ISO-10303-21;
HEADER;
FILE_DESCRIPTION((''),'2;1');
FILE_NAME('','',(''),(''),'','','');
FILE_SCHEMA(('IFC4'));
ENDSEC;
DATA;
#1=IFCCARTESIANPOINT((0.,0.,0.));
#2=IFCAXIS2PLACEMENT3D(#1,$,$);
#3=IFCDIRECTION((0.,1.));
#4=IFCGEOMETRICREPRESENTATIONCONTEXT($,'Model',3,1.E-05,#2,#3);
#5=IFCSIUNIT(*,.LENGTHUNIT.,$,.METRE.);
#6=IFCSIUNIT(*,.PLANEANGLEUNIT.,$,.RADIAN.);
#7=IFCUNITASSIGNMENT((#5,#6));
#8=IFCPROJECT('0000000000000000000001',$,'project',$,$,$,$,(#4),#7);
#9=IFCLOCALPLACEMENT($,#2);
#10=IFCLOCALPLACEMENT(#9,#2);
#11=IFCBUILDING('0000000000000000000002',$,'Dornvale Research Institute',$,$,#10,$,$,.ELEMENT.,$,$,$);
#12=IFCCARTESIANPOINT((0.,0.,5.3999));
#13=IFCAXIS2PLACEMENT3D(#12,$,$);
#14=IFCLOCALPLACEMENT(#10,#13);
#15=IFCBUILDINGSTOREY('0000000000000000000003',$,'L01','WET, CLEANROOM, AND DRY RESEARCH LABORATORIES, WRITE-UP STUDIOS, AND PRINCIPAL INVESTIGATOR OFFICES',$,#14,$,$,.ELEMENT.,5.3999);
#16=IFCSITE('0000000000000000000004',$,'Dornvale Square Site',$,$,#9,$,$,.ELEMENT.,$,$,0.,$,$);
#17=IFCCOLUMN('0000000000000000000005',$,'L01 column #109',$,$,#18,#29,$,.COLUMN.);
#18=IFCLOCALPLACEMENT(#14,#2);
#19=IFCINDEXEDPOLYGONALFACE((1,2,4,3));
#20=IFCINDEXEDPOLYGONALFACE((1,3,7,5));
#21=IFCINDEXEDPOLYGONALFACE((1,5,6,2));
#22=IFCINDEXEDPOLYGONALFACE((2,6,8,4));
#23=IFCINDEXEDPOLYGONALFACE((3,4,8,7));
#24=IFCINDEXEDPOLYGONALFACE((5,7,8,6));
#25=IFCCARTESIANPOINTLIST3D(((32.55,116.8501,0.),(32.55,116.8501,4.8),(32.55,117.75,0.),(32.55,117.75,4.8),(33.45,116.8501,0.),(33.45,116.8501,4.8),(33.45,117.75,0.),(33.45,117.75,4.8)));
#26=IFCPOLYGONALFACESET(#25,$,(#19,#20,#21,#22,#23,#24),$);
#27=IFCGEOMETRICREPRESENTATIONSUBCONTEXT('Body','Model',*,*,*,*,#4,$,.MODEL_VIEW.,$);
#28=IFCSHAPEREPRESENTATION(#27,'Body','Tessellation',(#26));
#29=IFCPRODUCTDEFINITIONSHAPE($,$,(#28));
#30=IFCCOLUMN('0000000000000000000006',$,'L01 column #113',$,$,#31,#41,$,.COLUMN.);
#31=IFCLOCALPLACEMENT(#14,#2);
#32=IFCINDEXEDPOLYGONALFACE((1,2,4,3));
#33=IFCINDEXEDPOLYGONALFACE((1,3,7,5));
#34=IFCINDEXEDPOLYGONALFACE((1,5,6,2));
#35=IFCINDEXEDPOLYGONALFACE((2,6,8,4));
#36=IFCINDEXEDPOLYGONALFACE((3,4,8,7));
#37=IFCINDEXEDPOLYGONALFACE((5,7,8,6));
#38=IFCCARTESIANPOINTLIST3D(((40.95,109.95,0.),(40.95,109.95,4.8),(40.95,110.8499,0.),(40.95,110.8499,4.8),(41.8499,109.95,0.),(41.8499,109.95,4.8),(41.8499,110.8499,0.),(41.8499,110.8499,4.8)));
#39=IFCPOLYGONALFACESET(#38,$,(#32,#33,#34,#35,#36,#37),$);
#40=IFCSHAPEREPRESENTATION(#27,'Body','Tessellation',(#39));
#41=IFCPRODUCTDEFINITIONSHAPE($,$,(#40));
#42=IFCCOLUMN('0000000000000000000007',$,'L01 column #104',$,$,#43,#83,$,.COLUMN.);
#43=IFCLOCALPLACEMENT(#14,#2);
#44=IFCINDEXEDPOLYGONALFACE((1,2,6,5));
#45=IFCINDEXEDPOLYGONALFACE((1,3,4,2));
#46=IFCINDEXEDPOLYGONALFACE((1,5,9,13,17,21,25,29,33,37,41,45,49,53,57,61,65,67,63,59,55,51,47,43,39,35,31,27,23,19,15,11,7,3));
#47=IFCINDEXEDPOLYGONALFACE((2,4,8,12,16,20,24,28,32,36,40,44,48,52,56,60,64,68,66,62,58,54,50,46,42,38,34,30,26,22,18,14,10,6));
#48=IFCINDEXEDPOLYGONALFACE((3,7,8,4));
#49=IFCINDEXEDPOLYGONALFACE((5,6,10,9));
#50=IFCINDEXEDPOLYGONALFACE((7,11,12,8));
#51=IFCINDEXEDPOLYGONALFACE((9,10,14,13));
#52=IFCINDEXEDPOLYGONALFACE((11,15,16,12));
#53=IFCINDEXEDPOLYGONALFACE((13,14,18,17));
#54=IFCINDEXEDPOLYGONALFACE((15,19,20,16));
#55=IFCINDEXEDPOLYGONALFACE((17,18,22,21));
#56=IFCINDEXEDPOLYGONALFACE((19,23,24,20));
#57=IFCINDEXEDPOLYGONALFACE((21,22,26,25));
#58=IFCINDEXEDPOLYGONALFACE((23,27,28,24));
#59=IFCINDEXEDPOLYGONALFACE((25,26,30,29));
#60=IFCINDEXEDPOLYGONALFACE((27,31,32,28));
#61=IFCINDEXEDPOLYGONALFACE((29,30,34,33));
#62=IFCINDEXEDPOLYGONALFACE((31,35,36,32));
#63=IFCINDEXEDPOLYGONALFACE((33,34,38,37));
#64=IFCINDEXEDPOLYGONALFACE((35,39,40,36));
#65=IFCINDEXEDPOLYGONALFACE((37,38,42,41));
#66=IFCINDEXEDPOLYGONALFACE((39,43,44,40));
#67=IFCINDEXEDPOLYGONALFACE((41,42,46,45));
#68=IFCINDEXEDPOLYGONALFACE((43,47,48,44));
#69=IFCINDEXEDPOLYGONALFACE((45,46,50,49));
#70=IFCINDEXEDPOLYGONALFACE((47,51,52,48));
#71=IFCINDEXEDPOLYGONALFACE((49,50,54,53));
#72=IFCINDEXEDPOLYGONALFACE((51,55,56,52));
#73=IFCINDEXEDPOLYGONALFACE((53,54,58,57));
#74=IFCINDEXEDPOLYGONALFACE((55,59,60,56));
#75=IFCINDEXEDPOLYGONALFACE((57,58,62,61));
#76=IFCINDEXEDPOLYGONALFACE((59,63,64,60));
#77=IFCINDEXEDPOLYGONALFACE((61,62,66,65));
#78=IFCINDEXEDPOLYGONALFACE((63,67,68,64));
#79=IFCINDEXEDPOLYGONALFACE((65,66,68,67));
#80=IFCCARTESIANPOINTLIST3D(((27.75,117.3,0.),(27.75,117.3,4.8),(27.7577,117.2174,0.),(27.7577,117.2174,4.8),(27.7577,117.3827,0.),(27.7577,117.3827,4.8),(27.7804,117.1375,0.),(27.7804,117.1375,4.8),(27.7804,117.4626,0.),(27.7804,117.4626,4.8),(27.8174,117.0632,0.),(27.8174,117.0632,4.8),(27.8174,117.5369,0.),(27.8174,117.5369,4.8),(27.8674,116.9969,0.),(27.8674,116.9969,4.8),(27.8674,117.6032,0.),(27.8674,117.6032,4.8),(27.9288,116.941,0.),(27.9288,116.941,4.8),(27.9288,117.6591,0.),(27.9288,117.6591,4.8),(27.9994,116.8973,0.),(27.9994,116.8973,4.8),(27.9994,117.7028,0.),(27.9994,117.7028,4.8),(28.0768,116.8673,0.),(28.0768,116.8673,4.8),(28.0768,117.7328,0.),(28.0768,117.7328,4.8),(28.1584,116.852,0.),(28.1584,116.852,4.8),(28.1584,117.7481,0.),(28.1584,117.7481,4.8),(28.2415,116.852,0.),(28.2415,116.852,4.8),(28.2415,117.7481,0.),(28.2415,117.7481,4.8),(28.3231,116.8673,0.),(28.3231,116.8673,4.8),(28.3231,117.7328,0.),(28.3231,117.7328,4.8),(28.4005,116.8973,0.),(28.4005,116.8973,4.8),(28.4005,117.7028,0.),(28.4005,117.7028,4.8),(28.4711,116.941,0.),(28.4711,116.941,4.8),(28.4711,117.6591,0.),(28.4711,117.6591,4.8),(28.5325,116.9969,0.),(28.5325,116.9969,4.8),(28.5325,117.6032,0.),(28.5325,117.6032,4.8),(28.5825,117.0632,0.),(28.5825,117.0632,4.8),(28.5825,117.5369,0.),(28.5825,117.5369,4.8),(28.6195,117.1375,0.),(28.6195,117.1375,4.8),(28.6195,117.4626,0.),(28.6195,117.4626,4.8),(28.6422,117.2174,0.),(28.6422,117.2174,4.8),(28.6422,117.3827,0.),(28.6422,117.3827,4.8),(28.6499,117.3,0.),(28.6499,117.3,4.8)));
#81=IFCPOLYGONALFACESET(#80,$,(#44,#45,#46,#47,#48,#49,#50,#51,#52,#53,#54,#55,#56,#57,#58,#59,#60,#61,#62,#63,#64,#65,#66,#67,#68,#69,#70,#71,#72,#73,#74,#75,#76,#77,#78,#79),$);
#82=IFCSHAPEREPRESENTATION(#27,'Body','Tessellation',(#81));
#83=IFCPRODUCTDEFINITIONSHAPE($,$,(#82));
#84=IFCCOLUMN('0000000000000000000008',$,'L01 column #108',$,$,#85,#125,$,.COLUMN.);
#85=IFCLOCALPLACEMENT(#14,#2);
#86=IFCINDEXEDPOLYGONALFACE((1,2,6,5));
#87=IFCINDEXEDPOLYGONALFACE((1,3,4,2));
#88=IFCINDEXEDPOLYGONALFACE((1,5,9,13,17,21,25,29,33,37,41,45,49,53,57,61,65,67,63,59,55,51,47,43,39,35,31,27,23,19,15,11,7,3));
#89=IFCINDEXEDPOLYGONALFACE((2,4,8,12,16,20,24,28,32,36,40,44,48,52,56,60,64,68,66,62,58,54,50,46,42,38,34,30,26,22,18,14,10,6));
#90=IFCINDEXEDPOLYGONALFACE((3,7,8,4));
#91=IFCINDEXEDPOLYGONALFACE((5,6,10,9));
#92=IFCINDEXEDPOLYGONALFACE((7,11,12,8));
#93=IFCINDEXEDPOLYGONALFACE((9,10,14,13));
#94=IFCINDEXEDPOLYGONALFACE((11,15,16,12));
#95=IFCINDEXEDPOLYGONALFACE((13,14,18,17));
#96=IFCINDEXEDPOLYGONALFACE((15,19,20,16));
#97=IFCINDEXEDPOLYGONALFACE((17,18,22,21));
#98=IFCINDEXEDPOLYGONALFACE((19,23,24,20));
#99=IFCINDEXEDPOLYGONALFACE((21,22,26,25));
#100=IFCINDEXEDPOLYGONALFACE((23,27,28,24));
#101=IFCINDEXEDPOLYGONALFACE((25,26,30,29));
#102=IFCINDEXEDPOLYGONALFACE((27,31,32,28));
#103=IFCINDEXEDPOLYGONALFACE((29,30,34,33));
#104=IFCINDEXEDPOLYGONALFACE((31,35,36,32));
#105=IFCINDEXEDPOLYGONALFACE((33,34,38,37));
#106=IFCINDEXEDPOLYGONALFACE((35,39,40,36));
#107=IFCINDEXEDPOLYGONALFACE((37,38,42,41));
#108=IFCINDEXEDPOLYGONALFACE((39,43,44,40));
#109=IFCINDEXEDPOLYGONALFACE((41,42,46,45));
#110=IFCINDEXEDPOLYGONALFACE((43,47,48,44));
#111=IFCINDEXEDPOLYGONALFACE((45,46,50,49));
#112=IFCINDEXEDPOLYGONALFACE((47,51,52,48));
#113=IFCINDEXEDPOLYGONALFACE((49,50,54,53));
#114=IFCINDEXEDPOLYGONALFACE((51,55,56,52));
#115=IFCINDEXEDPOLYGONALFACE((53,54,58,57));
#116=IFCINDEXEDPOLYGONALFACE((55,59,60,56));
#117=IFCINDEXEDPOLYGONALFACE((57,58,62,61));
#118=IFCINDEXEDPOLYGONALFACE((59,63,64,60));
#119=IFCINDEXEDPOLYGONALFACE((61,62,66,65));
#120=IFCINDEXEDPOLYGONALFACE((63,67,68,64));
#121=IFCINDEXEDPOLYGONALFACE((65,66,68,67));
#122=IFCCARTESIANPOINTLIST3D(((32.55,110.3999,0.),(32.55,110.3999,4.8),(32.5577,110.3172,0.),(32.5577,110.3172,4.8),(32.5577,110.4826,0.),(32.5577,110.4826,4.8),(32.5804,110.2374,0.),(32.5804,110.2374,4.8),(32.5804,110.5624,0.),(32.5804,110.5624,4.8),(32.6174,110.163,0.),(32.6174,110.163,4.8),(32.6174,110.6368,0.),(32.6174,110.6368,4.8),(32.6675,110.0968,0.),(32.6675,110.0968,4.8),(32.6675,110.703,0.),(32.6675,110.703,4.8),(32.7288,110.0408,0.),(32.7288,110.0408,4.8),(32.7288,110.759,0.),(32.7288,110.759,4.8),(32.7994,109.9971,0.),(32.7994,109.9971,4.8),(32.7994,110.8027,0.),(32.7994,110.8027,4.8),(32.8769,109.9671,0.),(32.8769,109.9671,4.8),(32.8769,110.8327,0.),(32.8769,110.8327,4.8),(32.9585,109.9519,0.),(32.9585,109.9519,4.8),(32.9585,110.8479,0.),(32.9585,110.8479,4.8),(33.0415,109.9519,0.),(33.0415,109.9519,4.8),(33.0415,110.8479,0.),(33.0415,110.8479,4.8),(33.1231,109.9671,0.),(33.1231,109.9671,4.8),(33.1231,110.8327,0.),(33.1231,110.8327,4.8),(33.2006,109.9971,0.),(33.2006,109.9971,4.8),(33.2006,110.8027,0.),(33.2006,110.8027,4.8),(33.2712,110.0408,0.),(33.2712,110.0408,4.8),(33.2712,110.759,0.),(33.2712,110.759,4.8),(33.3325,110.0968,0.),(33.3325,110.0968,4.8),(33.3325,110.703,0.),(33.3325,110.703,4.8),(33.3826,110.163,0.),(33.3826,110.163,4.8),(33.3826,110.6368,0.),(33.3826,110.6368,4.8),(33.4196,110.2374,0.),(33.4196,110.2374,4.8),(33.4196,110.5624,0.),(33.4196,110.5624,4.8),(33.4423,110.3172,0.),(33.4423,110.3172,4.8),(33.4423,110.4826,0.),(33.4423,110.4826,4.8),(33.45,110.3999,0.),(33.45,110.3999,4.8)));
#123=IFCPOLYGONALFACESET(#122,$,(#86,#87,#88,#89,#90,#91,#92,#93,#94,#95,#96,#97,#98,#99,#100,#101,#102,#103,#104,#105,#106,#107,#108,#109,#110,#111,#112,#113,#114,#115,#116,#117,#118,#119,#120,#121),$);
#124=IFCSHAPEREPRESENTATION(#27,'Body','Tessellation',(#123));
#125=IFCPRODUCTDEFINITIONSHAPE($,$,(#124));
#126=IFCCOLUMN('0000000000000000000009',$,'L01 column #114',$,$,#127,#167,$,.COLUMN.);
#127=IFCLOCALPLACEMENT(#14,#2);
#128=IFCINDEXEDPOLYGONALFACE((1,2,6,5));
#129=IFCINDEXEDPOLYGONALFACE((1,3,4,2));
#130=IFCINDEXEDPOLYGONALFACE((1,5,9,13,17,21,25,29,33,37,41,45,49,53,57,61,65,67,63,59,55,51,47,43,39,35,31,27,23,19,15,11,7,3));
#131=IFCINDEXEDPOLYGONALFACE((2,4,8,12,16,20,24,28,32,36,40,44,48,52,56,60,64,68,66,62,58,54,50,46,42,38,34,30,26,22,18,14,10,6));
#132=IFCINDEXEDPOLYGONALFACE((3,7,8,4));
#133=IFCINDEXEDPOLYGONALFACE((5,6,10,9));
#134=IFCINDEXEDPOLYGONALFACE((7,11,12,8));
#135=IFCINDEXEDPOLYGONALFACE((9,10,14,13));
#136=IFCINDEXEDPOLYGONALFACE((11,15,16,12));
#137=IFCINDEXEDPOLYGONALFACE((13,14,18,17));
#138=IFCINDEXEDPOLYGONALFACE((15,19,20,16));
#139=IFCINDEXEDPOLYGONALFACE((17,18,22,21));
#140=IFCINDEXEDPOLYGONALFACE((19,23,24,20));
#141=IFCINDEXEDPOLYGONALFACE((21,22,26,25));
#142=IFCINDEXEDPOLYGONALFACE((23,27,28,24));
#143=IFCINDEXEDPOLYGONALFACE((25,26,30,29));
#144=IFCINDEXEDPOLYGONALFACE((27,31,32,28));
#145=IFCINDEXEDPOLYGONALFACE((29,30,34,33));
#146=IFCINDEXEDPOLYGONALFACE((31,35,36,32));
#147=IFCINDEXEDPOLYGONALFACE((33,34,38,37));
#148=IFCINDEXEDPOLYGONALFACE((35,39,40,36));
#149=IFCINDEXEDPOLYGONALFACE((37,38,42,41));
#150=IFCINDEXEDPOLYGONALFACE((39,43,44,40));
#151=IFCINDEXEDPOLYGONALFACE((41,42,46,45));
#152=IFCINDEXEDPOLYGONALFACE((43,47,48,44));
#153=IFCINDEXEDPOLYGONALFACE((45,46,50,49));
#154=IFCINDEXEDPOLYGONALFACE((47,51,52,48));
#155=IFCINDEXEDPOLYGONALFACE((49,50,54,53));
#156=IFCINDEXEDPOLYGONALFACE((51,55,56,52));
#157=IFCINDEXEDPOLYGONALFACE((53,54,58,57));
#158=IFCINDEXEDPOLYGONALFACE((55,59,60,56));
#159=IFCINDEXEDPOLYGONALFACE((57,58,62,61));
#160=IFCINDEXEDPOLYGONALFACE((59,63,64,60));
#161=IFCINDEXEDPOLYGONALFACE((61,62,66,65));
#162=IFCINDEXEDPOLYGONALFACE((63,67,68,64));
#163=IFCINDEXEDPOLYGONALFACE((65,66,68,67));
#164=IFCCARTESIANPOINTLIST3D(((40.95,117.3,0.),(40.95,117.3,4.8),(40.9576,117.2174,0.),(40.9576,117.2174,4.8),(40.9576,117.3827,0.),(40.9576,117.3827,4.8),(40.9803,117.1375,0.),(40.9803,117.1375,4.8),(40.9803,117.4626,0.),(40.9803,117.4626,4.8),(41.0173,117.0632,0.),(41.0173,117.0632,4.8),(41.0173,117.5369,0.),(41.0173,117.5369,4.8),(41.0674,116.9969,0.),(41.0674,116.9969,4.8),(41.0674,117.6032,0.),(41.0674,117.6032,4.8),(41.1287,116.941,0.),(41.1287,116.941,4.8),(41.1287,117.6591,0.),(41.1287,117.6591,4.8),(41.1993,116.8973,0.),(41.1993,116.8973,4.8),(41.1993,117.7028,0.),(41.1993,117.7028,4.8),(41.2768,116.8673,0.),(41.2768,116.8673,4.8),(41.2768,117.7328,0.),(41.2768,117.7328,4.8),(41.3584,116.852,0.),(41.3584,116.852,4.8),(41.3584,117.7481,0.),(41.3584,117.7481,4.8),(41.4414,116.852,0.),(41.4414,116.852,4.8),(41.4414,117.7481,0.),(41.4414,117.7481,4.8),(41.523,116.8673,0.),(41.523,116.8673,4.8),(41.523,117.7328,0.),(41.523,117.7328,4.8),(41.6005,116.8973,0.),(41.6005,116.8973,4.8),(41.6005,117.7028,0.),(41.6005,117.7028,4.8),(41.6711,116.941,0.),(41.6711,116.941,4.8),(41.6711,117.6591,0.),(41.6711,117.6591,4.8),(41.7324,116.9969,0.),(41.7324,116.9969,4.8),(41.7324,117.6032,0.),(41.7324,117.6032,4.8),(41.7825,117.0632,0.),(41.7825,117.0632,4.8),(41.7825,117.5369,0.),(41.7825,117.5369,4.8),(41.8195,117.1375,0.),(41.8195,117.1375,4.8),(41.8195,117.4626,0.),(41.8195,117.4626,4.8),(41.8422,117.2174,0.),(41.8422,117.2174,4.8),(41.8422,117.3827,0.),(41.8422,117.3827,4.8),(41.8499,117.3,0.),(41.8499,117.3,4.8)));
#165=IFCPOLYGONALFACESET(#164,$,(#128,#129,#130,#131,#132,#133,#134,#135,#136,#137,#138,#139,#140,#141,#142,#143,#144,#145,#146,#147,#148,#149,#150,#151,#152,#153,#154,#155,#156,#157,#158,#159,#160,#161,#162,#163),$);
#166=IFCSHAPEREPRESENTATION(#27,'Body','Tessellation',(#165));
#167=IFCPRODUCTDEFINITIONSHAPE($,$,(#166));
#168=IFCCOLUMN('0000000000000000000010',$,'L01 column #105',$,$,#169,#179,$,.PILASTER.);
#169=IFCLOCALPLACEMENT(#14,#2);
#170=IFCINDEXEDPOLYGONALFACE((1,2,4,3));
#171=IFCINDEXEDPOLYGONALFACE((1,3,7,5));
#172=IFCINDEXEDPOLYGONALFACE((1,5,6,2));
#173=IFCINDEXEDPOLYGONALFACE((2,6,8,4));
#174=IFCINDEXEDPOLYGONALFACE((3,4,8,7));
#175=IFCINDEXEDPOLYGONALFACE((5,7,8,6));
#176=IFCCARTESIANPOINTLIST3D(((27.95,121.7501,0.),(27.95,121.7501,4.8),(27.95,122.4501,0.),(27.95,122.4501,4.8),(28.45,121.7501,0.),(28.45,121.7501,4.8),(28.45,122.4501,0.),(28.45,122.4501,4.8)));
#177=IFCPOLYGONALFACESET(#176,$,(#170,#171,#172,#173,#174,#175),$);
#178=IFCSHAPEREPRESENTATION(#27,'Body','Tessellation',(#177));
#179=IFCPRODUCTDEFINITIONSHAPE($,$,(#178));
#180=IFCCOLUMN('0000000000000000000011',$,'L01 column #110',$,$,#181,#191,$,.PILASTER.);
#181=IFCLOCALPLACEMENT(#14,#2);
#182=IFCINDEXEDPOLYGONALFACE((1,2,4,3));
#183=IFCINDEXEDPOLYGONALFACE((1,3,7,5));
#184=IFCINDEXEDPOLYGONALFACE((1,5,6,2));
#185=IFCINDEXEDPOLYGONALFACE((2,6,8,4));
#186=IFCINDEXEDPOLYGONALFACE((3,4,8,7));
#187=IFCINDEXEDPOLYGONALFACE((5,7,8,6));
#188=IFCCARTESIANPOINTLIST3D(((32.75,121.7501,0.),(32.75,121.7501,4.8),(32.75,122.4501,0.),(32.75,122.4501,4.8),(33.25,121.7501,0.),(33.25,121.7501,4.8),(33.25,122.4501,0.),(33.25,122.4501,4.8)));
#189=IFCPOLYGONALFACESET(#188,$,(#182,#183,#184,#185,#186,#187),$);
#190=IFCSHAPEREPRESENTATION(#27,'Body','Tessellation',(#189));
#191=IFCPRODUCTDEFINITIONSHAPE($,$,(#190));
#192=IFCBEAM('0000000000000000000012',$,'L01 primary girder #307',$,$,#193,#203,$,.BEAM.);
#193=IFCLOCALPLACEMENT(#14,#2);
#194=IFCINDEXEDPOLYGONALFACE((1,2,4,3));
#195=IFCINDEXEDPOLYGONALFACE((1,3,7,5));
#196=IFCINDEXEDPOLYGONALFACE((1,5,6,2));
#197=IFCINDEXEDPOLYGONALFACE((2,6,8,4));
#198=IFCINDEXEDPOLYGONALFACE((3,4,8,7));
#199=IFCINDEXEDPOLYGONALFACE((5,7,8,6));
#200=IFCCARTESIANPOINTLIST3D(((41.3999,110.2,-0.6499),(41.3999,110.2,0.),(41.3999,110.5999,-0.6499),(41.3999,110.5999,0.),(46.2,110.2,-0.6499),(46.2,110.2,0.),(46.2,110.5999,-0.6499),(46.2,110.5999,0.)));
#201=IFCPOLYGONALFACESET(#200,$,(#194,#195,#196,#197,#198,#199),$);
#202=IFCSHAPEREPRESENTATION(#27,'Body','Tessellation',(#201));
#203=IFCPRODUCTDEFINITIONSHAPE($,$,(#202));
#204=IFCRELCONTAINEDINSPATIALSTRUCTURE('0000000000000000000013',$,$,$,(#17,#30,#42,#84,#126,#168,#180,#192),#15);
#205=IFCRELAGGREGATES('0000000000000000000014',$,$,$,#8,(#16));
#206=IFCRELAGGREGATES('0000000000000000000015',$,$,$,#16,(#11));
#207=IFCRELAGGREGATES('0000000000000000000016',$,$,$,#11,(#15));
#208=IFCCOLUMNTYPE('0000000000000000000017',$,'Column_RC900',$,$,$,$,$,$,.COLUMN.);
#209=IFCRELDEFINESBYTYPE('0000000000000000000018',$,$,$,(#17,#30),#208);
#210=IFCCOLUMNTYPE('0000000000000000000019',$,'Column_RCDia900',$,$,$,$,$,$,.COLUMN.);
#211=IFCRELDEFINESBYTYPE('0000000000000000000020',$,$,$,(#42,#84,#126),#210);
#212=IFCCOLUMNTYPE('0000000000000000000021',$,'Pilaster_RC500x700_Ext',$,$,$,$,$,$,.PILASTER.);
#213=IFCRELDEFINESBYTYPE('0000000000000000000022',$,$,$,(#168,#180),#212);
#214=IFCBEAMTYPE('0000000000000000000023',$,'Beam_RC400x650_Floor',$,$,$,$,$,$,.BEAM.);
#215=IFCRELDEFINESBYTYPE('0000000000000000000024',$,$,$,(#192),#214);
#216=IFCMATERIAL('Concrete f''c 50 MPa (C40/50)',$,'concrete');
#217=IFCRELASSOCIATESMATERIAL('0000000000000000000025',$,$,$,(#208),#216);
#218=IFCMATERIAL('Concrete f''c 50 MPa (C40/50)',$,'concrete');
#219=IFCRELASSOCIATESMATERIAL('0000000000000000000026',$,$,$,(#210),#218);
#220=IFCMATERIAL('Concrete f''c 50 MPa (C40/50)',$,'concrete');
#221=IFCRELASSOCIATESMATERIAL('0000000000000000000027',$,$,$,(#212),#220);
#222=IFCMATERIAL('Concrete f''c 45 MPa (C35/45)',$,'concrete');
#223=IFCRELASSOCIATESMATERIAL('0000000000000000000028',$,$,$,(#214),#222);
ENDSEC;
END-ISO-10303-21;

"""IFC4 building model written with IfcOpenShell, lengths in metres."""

from ifc_helpers import new_model, si_unit, direction, frame, origin, origin_2d, place, context, subcontext, project, spatial, rectangle, circle, extrude, material, material_profile, profile_set, type_object, element, save


model = new_model("IFC4")

# Units and contexts
model_context = context("Model", 3, precision=1e-05, world=origin(), true_north=direction((0.0, 1.0)))
body_context = subcontext(model_context, "Body", "Model", "MODEL_VIEW")
ifc_project = project(units=[si_unit("LENGTHUNIT", "METRE"), si_unit("PLANEANGLEUNIT", "RADIAN")], contexts=[model_context])

# Site, building, storey
site_placement = place(None, origin())
site = spatial("IfcSite", under=ifc_project, at=site_placement, Name="Dornvale Square Site", CompositionType="ELEMENT", RefElevation=0.0)
building_placement = place(site_placement, origin())
building = spatial("IfcBuilding", under=site, at=building_placement, Name="Dornvale Research Institute", CompositionType="ELEMENT")
storey_placement = place(building_placement, frame((0.0, 0.0, 5.3999)))
storey = spatial("IfcBuildingStorey", under=building, at=storey_placement, Name="L01", Description="WET, CLEANROOM, AND DRY RESEARCH LABORATORIES, WRITE-UP STUDIOS, AND PRINCIPAL INVESTIGATOR OFFICES", CompositionType="ELEMENT", Elevation=5.3999)

# Columns
ifc_material_1 = material(Name="Concrete f'c 50 MPa (C40/50)", Category="concrete")
ifc_material_profile_1 = material_profile(ifc_material_1, rectangle(XDim=0.8999, YDim=0.8999, at=origin_2d()), Name="RC 900x900")
ifc_profile_set_1 = profile_set([ifc_material_profile_1], Name="Concrete f'c 50 MPa (C40/50)")
column_type_1 = type_object("IfcColumnType", Name="Column_RC900", PredefinedType="COLUMN", material=ifc_profile_set_1)
for number, where, z_axis, x_axis, name in (
    (1, (33.0, 117.3, 0.0), (0.0, 0.0, 1.0), (1.0, 0.0, 0.0), "L01 column #109"),
    (2, (41.3999, 110.3999, 0.0), (0.0, 0.0, 1.0), (1.0, 0.0, 0.0), "L01 column #113"),
):
    element("IfcColumn", number, at=place(storey_placement, frame(where, z_axis=z_axis, x_axis=x_axis)), inside=storey, type_object=column_type_1, Name=name, PredefinedType="COLUMN", context=body_context, shape_type="SweptSolid", body=[
        extrude(rectangle(XDim=0.8999, YDim=0.8999, at=origin_2d()), origin(), (0.0, 0.0, 1.0), 4.8),
    ])
ifc_material_2 = material(Name="Concrete f'c 50 MPa (C40/50)", Category="concrete")
ifc_material_profile_2 = material_profile(ifc_material_2, circle(Radius=0.45, at=origin_2d()), Name="RC DIA 900")
ifc_profile_set_2 = profile_set([ifc_material_profile_2], Name="Concrete f'c 50 MPa (C40/50)")
column_type_2 = type_object("IfcColumnType", Name="Column_RCDia900", PredefinedType="COLUMN", material=ifc_profile_set_2)
for number, where, z_axis, x_axis, name in (
    (3, (28.2, 117.3, 0.0), (0.0, 0.0, 1.0), (1.0, 0.0, 0.0), "L01 column #104"),
    (4, (33.0, 110.3999, 0.0), (0.0, 0.0, 1.0), (1.0, 0.0, 0.0), "L01 column #108"),
    (5, (41.3999, 117.3, 0.0), (0.0, 0.0, 1.0), (1.0, 0.0, 0.0), "L01 column #114"),
):
    element("IfcColumn", number, at=place(storey_placement, frame(where, z_axis=z_axis, x_axis=x_axis)), inside=storey, type_object=column_type_2, Name=name, PredefinedType="COLUMN", context=body_context, shape_type="SweptSolid", body=[
        extrude(circle(Radius=0.45, at=origin_2d()), origin(), (0.0, 0.0, 1.0), 4.8),
    ])
ifc_material_3 = material(Name="Concrete f'c 50 MPa (C40/50)", Category="concrete")
ifc_material_profile_3 = material_profile(ifc_material_3, rectangle(XDim=0.5, YDim=0.7, at=origin_2d()), Name="RC 500x700")
ifc_profile_set_3 = profile_set([ifc_material_profile_3], Name="Concrete f'c 50 MPa (C40/50)")
column_type_3 = type_object("IfcColumnType", Name="Pilaster_RC500x700_Ext", PredefinedType="PILASTER", material=ifc_profile_set_3)
for number, where, z_axis, x_axis, name in (
    (6, (28.2, 122.1001, 0.0), (0.0, 0.0, 1.0), (1.0, 0.0, 0.0), "L01 column #105"),
    (7, (33.0, 122.1001, 0.0), (0.0, 0.0, 1.0), (1.0, 0.0, 0.0), "L01 column #110"),
):
    element("IfcColumn", number, at=place(storey_placement, frame(where, z_axis=z_axis, x_axis=x_axis)), inside=storey, type_object=column_type_3, Name=name, PredefinedType="PILASTER", context=body_context, shape_type="SweptSolid", body=[
        extrude(rectangle(XDim=0.5, YDim=0.7, at=origin_2d()), origin(), (0.0, 0.0, 1.0), 4.8),
    ])

# Beam
ifc_material_4 = material(Name="Concrete f'c 45 MPa (C35/45)", Category="concrete")
ifc_material_profile_4 = material_profile(ifc_material_4, rectangle(XDim=0.3999, YDim=0.6499, at=origin_2d()), Name="RC 400x650")
ifc_profile_set_4 = profile_set([ifc_material_profile_4], Name="Concrete f'c 45 MPa (C35/45)")
beam_type_1 = type_object("IfcBeamType", Name="Beam_RC400x650_Floor", PredefinedType="BEAM", material=ifc_profile_set_4)
for number, where, z_axis, x_axis, name in (
    (8, (41.3999, 110.3999, -0.325), (1.0, 0.0, 0.0), (0.0, 1.0, 0.0), "L01 primary girder #307"),
):
    element("IfcBeam", number, at=place(storey_placement, frame(where, z_axis=z_axis, x_axis=x_axis)), inside=storey, type_object=beam_type_1, Name=name, PredefinedType="BEAM", context=body_context, shape_type="SweptSolid", body=[
        extrude(rectangle(XDim=0.3999, YDim=0.6499, at=origin_2d()), origin(), (0.0, 0.0, 1.0), 4.8),
    ])

save(model, "model.ifc")
